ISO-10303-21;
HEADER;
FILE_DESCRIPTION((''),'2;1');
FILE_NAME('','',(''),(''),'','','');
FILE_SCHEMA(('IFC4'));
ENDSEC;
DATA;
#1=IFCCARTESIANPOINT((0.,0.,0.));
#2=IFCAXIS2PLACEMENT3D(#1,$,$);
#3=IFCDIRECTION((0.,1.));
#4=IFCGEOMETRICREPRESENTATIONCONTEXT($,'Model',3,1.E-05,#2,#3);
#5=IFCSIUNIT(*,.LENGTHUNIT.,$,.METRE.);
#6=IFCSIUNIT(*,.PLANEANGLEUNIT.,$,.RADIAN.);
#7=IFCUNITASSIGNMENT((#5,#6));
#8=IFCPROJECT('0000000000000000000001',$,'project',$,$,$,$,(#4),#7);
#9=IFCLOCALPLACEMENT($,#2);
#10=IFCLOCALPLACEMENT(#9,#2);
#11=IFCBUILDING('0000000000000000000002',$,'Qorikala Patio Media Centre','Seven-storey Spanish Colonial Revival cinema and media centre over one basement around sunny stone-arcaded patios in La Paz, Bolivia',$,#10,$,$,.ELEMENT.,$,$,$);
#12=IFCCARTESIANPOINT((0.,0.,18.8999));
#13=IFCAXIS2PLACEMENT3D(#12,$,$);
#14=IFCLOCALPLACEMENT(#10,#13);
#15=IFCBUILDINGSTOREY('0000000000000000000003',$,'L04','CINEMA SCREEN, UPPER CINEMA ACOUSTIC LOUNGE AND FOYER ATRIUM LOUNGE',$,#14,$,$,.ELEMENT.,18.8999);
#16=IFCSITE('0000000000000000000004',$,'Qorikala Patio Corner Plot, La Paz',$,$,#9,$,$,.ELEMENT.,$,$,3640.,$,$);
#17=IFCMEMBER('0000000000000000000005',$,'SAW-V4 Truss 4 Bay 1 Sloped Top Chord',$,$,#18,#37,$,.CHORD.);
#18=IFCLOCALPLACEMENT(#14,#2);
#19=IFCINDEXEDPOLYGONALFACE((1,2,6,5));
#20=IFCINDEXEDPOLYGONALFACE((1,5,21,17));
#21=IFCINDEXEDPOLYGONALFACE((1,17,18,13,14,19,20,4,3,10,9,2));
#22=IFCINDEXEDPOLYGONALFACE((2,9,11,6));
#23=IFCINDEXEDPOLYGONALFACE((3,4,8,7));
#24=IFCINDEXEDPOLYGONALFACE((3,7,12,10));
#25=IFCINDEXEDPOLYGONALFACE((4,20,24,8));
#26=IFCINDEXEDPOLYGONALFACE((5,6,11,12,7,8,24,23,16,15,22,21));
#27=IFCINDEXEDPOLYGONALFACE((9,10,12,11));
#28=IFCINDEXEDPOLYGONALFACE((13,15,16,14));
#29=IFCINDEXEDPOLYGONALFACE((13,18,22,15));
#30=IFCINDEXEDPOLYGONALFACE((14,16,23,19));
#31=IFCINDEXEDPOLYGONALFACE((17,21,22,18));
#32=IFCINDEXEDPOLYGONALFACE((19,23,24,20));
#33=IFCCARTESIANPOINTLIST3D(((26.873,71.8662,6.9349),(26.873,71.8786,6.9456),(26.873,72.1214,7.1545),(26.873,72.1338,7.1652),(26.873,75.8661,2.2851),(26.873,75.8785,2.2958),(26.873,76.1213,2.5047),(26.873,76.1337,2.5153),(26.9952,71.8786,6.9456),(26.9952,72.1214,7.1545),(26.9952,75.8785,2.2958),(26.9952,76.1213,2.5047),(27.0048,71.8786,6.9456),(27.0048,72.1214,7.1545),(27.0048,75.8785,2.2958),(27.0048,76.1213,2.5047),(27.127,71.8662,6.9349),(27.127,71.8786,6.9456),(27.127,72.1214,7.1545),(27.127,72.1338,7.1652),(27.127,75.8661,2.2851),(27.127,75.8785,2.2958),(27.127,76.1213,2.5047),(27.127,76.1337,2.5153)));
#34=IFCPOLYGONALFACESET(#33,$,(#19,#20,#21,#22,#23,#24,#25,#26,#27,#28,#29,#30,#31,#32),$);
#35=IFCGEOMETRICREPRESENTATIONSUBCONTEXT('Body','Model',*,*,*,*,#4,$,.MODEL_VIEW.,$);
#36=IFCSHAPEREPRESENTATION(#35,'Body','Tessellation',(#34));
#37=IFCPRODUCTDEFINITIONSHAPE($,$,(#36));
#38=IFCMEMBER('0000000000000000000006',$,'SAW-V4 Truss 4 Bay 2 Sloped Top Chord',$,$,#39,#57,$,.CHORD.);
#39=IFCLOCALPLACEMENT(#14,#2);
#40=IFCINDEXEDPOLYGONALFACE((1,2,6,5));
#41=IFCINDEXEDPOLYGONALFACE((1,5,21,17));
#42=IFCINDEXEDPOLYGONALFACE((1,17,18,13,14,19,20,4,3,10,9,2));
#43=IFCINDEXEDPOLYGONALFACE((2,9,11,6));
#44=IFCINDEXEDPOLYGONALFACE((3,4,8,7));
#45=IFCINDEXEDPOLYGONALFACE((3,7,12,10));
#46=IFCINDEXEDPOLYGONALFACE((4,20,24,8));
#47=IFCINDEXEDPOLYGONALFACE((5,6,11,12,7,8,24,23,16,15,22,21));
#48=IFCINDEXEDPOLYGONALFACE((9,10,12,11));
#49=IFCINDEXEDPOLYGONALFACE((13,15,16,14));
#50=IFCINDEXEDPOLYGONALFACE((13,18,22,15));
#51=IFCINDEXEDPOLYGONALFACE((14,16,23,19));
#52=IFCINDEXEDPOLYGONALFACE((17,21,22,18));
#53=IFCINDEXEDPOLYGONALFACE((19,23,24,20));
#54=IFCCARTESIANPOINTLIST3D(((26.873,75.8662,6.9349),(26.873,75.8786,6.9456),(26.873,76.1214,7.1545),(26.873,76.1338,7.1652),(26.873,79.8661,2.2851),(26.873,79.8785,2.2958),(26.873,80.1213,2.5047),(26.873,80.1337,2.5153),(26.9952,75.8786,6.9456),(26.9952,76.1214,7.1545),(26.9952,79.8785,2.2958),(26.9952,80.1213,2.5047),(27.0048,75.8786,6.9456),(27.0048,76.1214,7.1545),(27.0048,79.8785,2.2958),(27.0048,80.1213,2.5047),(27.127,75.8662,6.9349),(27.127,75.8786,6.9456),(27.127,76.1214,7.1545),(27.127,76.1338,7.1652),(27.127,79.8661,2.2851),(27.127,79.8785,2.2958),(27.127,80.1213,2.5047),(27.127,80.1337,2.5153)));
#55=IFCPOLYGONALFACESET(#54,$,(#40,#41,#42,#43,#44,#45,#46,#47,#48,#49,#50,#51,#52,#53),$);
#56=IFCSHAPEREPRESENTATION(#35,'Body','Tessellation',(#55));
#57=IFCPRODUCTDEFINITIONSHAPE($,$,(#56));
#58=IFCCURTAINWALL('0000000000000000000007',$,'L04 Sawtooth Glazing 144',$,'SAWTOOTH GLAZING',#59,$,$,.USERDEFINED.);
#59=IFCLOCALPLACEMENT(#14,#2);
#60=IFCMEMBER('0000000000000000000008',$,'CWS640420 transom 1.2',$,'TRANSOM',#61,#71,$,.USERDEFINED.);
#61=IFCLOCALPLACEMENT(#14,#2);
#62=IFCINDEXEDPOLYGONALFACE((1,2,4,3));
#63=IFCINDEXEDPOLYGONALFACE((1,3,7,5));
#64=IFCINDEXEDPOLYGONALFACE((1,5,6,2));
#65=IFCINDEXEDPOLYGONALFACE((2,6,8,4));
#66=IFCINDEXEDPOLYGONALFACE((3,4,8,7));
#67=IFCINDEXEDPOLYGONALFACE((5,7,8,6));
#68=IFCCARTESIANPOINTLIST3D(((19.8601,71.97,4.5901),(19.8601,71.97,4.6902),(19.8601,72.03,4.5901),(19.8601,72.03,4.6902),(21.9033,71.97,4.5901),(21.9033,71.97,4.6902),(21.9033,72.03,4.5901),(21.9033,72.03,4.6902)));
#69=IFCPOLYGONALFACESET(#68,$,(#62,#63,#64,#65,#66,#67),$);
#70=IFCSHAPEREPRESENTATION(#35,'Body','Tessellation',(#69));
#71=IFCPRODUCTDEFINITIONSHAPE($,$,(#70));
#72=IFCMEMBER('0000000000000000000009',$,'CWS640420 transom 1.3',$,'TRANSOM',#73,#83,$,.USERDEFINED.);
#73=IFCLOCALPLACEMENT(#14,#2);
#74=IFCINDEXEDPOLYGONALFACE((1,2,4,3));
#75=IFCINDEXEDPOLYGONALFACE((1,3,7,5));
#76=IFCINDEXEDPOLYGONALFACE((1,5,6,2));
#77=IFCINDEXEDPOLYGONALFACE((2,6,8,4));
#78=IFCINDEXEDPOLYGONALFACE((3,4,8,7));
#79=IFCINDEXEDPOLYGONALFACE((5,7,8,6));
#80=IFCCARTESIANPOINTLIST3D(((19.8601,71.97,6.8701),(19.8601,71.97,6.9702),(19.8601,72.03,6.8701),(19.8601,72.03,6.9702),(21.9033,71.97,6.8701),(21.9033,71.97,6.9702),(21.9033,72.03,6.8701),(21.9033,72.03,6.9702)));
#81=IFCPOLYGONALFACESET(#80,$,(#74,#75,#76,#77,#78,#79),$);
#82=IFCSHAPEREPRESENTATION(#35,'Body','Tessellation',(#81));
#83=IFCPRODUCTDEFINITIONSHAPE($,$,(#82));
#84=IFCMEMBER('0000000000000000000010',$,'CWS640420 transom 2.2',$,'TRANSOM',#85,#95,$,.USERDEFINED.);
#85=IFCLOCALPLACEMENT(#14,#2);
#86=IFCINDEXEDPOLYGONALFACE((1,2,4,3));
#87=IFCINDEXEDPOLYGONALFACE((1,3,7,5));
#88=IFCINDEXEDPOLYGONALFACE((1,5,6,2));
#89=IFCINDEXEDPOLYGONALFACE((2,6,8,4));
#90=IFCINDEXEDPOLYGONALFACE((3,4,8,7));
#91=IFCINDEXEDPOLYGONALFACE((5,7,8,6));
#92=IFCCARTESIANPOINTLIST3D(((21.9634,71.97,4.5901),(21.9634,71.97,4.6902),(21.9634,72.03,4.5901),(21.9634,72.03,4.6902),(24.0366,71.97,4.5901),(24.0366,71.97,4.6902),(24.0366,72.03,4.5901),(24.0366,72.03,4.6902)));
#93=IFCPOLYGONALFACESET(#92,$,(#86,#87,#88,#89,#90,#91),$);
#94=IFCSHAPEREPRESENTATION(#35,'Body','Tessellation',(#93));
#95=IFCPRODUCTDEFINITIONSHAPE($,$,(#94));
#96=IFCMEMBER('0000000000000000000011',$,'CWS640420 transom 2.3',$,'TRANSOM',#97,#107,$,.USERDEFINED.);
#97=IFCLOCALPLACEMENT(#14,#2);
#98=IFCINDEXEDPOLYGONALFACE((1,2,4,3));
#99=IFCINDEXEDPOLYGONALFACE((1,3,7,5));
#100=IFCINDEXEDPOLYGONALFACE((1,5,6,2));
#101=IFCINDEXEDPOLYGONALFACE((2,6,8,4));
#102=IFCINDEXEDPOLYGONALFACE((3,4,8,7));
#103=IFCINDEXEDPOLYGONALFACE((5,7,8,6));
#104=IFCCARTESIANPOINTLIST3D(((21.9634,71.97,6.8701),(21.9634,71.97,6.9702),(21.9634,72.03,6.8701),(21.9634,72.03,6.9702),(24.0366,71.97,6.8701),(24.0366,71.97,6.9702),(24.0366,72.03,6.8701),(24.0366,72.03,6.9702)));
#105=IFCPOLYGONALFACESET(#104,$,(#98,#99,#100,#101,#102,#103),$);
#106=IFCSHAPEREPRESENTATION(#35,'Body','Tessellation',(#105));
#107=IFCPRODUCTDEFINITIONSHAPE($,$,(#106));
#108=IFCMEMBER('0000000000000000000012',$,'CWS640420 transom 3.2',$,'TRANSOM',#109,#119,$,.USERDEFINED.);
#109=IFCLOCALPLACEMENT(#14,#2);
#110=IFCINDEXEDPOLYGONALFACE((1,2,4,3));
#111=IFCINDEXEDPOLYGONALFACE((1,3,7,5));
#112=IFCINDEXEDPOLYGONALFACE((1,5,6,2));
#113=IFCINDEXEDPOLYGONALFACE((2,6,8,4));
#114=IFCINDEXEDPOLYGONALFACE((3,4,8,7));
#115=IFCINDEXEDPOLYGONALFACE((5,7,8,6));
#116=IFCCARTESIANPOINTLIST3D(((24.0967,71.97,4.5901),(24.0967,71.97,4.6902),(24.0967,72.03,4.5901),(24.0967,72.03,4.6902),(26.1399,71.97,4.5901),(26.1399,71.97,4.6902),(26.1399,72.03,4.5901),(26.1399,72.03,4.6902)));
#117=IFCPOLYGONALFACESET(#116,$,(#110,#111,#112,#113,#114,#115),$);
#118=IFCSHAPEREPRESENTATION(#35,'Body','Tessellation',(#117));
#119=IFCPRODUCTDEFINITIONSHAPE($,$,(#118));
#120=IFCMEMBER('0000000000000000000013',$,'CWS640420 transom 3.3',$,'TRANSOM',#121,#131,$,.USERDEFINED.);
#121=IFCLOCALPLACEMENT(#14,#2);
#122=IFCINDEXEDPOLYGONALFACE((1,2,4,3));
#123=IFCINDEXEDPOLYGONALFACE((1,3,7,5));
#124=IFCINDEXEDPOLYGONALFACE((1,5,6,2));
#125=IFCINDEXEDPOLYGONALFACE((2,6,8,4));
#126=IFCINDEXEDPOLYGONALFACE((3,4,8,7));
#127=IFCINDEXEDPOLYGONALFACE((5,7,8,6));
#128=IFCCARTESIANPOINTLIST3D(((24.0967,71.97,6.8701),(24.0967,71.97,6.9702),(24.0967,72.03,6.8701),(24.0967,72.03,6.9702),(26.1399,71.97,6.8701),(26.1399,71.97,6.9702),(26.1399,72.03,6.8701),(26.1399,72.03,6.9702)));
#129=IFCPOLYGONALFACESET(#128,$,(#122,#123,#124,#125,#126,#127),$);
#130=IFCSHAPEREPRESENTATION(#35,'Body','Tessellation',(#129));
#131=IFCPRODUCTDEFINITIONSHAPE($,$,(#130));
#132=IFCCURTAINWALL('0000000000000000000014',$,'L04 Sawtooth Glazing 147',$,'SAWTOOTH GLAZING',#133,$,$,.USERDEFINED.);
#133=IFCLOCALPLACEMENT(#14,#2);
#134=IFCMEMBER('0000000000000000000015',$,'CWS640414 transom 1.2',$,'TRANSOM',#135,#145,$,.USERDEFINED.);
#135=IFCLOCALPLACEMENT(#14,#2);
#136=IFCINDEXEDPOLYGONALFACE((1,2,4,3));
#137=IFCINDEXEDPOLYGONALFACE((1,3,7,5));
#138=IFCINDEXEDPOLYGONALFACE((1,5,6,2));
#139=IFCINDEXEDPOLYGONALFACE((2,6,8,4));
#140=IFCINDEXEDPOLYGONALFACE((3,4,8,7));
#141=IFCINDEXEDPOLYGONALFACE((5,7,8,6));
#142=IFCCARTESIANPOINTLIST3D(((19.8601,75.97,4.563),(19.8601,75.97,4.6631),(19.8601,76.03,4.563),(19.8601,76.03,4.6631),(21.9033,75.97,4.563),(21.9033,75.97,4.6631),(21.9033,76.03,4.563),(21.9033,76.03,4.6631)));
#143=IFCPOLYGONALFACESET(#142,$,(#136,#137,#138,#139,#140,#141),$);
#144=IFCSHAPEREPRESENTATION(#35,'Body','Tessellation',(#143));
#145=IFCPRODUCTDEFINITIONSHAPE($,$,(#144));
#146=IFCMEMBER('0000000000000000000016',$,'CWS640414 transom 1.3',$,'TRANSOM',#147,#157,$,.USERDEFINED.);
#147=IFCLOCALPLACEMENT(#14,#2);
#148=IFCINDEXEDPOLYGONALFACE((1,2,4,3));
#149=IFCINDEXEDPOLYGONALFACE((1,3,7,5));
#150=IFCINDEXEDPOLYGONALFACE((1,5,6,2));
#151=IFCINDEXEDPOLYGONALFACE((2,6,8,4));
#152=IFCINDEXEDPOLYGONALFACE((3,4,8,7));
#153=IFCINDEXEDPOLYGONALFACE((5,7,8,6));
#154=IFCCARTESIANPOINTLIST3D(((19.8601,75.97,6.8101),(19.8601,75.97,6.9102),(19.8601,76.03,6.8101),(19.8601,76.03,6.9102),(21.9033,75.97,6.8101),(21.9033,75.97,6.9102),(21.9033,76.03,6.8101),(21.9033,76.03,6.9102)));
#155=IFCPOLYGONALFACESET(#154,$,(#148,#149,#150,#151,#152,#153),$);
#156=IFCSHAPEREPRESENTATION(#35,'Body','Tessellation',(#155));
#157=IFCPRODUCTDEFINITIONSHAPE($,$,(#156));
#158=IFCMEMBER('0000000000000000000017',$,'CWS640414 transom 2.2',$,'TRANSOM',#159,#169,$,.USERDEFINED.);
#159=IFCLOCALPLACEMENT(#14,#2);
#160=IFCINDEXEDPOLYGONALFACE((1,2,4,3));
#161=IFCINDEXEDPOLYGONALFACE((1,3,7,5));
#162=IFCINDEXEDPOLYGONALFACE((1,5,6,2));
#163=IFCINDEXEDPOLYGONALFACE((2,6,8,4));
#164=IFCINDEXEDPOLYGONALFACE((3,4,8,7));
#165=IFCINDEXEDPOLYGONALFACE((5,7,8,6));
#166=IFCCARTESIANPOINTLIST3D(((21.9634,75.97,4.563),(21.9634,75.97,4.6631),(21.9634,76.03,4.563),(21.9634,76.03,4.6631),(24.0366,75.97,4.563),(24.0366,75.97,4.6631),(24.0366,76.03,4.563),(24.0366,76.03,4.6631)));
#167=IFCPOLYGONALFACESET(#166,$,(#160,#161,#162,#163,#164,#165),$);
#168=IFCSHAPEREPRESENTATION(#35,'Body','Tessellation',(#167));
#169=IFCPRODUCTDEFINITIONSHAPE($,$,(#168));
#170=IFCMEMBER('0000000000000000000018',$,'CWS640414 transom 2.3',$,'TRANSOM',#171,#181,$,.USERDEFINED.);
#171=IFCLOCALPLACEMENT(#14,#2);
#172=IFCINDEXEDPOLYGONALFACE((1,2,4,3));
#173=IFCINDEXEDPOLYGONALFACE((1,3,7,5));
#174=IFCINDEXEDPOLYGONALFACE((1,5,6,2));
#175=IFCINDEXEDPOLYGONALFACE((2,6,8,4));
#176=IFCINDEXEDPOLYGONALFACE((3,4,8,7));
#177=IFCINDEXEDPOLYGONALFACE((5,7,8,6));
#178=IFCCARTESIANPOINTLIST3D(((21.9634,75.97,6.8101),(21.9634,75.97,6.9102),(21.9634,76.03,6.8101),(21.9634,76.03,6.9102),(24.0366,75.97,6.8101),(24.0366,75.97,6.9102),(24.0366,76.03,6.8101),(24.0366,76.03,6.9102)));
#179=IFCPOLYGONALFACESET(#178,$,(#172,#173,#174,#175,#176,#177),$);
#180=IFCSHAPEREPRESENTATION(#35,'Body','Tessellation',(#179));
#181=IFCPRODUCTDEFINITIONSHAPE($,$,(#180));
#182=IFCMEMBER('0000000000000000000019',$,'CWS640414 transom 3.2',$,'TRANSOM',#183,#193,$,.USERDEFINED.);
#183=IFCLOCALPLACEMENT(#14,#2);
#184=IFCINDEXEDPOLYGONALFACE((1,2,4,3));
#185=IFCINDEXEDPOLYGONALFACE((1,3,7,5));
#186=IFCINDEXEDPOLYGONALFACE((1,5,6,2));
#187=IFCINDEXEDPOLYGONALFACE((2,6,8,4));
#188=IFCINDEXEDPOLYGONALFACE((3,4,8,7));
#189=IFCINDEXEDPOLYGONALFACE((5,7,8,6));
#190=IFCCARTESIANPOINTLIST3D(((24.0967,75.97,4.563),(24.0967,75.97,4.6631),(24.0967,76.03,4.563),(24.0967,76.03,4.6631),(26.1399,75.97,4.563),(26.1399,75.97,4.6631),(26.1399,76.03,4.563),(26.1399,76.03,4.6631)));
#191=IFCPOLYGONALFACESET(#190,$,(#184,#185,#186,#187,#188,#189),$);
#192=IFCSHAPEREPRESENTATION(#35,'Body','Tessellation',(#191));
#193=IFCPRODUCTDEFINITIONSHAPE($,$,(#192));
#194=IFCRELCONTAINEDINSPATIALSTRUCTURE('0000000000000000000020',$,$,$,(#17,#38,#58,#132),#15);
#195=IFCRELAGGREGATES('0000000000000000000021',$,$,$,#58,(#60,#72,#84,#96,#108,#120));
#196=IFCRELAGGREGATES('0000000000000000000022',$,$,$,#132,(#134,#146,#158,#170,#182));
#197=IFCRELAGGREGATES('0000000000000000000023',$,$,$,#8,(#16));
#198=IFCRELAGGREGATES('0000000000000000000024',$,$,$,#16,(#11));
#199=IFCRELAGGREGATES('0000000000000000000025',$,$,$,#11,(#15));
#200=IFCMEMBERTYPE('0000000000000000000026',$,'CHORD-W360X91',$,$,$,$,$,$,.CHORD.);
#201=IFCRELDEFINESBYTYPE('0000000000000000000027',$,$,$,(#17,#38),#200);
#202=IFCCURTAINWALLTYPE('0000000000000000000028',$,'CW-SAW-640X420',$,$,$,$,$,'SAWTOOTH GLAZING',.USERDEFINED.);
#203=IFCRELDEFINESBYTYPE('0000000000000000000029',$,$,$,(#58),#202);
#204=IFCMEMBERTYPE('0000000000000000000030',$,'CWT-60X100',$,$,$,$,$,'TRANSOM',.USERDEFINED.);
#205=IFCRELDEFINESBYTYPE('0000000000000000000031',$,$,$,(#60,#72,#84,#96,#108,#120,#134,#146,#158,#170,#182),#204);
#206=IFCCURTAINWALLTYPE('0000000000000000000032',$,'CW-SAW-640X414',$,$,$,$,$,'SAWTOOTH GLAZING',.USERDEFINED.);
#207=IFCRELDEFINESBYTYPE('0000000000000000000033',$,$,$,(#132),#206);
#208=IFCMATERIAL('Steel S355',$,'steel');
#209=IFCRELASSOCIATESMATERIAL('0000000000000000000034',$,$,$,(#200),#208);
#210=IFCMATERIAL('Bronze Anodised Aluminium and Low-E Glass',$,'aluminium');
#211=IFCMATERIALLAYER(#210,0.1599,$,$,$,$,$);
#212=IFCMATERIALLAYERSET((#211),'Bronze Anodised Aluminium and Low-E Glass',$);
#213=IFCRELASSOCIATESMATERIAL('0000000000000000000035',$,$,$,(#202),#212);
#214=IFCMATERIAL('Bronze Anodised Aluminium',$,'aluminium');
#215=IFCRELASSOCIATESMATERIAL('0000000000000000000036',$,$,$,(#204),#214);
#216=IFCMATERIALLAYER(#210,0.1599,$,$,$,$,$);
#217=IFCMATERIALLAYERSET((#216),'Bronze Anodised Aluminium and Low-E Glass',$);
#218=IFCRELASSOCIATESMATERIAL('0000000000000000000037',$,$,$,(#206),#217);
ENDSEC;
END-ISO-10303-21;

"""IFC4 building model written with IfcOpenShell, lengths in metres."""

from ifc_helpers import new_model, si_unit, direction, frame, origin, origin_2d, place, context, subcontext, project, spatial, rectangle, i_section, extrude, material, layer, layer_set, material_profile, profile_set, type_object, element, aggregate, save


model = new_model("IFC4")

# Units and contexts
model_context = context("Model", 3, precision=1e-05, world=origin(), true_north=direction((0.0, 1.0)))
body_context = subcontext(model_context, "Body", "Model", "MODEL_VIEW")
ifc_project = project(units=[si_unit("LENGTHUNIT", "METRE"), si_unit("PLANEANGLEUNIT", "RADIAN")], contexts=[model_context])

# Site, building, storey
site_placement = place(None, origin())
site = spatial("IfcSite", under=ifc_project, at=site_placement, Name="Qorikala Patio Corner Plot, La Paz", CompositionType="ELEMENT", RefElevation=3640.0)
building_placement = place(site_placement, origin())
building = spatial("IfcBuilding", under=site, at=building_placement, Name="Qorikala Patio Media Centre", Description="Seven-storey Spanish Colonial Revival cinema and media centre over one basement around sunny stone-arcaded patios in La Paz, Bolivia", CompositionType="ELEMENT")
storey_placement = place(building_placement, frame((0.0, 0.0, 18.8999)))
storey = spatial("IfcBuildingStorey", under=building, at=storey_placement, Name="L04", Description="CINEMA SCREEN, UPPER CINEMA ACOUSTIC LOUNGE AND FOYER ATRIUM LOUNGE", CompositionType="ELEMENT", Elevation=18.8999)

# Members
ifc_material_1 = material(Name="Steel S355", Category="steel")
ifc_material_profile_1 = material_profile(ifc_material_1, i_section(OverallWidth=0.2539, OverallDepth=0.353, WebThickness=0.0095, FlangeThickness=0.0164, at=origin_2d()), Name="W360X91")
ifc_profile_set_1 = profile_set([ifc_material_profile_1], Name="Steel S355")
member_type_1 = type_object("IfcMemberType", Name="CHORD-W360X91", PredefinedType="CHORD", material=ifc_profile_set_1)
for number, where, z_axis, x_axis, name in (
    (1, (27.0, 72.0, 7.05), (0.0, 0.652141, -0.758098), (-1.0, 0.0, 0.0), "SAW-V4 Truss 4 Bay 1 Sloped Top Chord"),
    (2, (27.0, 76.0, 7.05), (0.0, 0.652141, -0.758098), (-1.0, 0.0, 0.0), "SAW-V4 Truss 4 Bay 2 Sloped Top Chord"),
):
    element("IfcMember", number, at=place(storey_placement, frame(where, z_axis=z_axis, x_axis=x_axis)), inside=storey, type_object=member_type_1, Name=name, PredefinedType="CHORD", context=body_context, shape_type="SweptSolid", body=[
        extrude(i_section(OverallWidth=0.2539, OverallDepth=0.353, WebThickness=0.0095, FlangeThickness=0.0164, at=origin_2d()), origin(), (0.0, 0.0, 1.0), 6.1335),
    ])

# Curtain walls, members
ifc_material_2 = material(Name="Bronze Anodised Aluminium and Low-E Glass", Category="aluminium")
ifc_layer_1 = layer(ifc_material_2, 0.1599)
ifc_layer_set_1 = layer_set([ifc_layer_1], Name="Bronze Anodised Aluminium and Low-E Glass")
curtain_wall_type_1 = type_object("IfcCurtainWallType", Name="CW-SAW-640X420", ElementType="SAWTOOTH GLAZING", PredefinedType="USERDEFINED", material=ifc_layer_set_1)
curtain_wall_1_placement = place(storey_placement, origin())
curtain_wall_1 = element("IfcCurtainWall", 3, at=curtain_wall_1_placement, inside=storey, type_object=curtain_wall_type_1, Name="L04 Sawtooth Glazing 144", ObjectType="SAWTOOTH GLAZING", PredefinedType="USERDEFINED")
ifc_material_3 = material(Name="Bronze Anodised Aluminium", Category="aluminium")
ifc_material_profile_2 = material_profile(ifc_material_3, rectangle(XDim=0.0601, YDim=0.1001, at=origin_2d()), Name="ALU TRANSOM 60x100")
ifc_profile_set_2 = profile_set([ifc_material_profile_2], Name="Bronze Anodised Aluminium")
member_type_2 = type_object("IfcMemberType", Name="CWT-60X100", ElementType="TRANSOM", PredefinedType="USERDEFINED", material=ifc_profile_set_2)
member_1_placement = place(storey_placement, frame((19.8601, 72.0, 4.6401), z_axis=(1.0, 0.0, 0.0), x_axis=(0.0, 1.0, 0.0)))
member_1 = element("IfcMember", 4, at=member_1_placement, type_object=member_type_2, Name="CWS640420 transom 1.2", ObjectType="TRANSOM", PredefinedType="USERDEFINED", context=body_context, shape_type="SweptSolid", body=[
    extrude(rectangle(XDim=0.0601, YDim=0.1001, at=origin_2d()), origin(), (0.0, 0.0, 1.0), 2.0432),
])
member_2_placement = place(storey_placement, frame((19.8601, 72.0, 6.9202), z_axis=(1.0, 0.0, 0.0), x_axis=(0.0, 1.0, 0.0)))
member_2 = element("IfcMember", 5, at=member_2_placement, type_object=member_type_2, Name="CWS640420 transom 1.3", ObjectType="TRANSOM", PredefinedType="USERDEFINED", context=body_context, shape_type="SweptSolid", body=[
    extrude(rectangle(XDim=0.0601, YDim=0.1001, at=origin_2d()), origin(), (0.0, 0.0, 1.0), 2.0432),
])
member_3_placement = place(storey_placement, frame((21.9634, 72.0, 4.6401), z_axis=(1.0, 0.0, 0.0), x_axis=(0.0, 1.0, 0.0)))
member_3 = element("IfcMember", 6, at=member_3_placement, type_object=member_type_2, Name="CWS640420 transom 2.2", ObjectType="TRANSOM", PredefinedType="USERDEFINED", context=body_context, shape_type="SweptSolid", body=[
    extrude(rectangle(XDim=0.0601, YDim=0.1001, at=origin_2d()), origin(), (0.0, 0.0, 1.0), 2.0732),
])
member_4_placement = place(storey_placement, frame((21.9634, 72.0, 6.9202), z_axis=(1.0, 0.0, 0.0), x_axis=(0.0, 1.0, 0.0)))
member_4 = element("IfcMember", 7, at=member_4_placement, type_object=member_type_2, Name="CWS640420 transom 2.3", ObjectType="TRANSOM", PredefinedType="USERDEFINED", context=body_context, shape_type="SweptSolid", body=[
    extrude(rectangle(XDim=0.0601, YDim=0.1001, at=origin_2d()), origin(), (0.0, 0.0, 1.0), 2.0732),
])
member_5_placement = place(storey_placement, frame((24.0967, 72.0, 4.6401), z_axis=(1.0, 0.0, 0.0), x_axis=(0.0, 1.0, 0.0)))
member_5 = element("IfcMember", 8, at=member_5_placement, type_object=member_type_2, Name="CWS640420 transom 3.2", ObjectType="TRANSOM", PredefinedType="USERDEFINED", context=body_context, shape_type="SweptSolid", body=[
    extrude(rectangle(XDim=0.0601, YDim=0.1001, at=origin_2d()), origin(), (0.0, 0.0, 1.0), 2.0432),
])
member_6_placement = place(storey_placement, frame((24.0967, 72.0, 6.9202), z_axis=(1.0, 0.0, 0.0), x_axis=(0.0, 1.0, 0.0)))
member_6 = element("IfcMember", 9, at=member_6_placement, type_object=member_type_2, Name="CWS640420 transom 3.3", ObjectType="TRANSOM", PredefinedType="USERDEFINED", context=body_context, shape_type="SweptSolid", body=[
    extrude(rectangle(XDim=0.0601, YDim=0.1001, at=origin_2d()), origin(), (0.0, 0.0, 1.0), 2.0432),
])
ifc_layer_2 = layer(ifc_material_2, 0.1599)
ifc_layer_set_2 = layer_set([ifc_layer_2], Name="Bronze Anodised Aluminium and Low-E Glass")
curtain_wall_type_2 = type_object("IfcCurtainWallType", Name="CW-SAW-640X414", ElementType="SAWTOOTH GLAZING", PredefinedType="USERDEFINED", material=ifc_layer_set_2)
curtain_wall_2_placement = place(storey_placement, origin())
curtain_wall_2 = element("IfcCurtainWall", 10, at=curtain_wall_2_placement, inside=storey, type_object=curtain_wall_type_2, Name="L04 Sawtooth Glazing 147", ObjectType="SAWTOOTH GLAZING", PredefinedType="USERDEFINED")
member_7_placement = place(storey_placement, frame((19.8601, 76.0, 4.613), z_axis=(1.0, 0.0, 0.0), x_axis=(0.0, 1.0, 0.0)))
member_7 = element("IfcMember", 11, at=member_7_placement, type_object=member_type_2, Name="CWS640414 transom 1.2", ObjectType="TRANSOM", PredefinedType="USERDEFINED", context=body_context, shape_type="SweptSolid", body=[
    extrude(rectangle(XDim=0.0601, YDim=0.1001, at=origin_2d()), origin(), (0.0, 0.0, 1.0), 2.0432),
])
member_8_placement = place(storey_placement, frame((19.8601, 76.0, 6.8601), z_axis=(1.0, 0.0, 0.0), x_axis=(0.0, 1.0, 0.0)))
member_8 = element("IfcMember", 12, at=member_8_placement, type_object=member_type_2, Name="CWS640414 transom 1.3", ObjectType="TRANSOM", PredefinedType="USERDEFINED", context=body_context, shape_type="SweptSolid", body=[
    extrude(rectangle(XDim=0.0601, YDim=0.1001, at=origin_2d()), origin(), (0.0, 0.0, 1.0), 2.0432),
])
member_9_placement = place(storey_placement, frame((21.9634, 76.0, 4.613), z_axis=(1.0, 0.0, 0.0), x_axis=(0.0, 1.0, 0.0)))
member_9 = element("IfcMember", 13, at=member_9_placement, type_object=member_type_2, Name="CWS640414 transom 2.2", ObjectType="TRANSOM", PredefinedType="USERDEFINED", context=body_context, shape_type="SweptSolid", body=[
    extrude(rectangle(XDim=0.0601, YDim=0.1001, at=origin_2d()), origin(), (0.0, 0.0, 1.0), 2.0732),
])
member_10_placement = place(storey_placement, frame((21.9634, 76.0, 6.8601), z_axis=(1.0, 0.0, 0.0), x_axis=(0.0, 1.0, 0.0)))
member_10 = element("IfcMember", 14, at=member_10_placement, type_object=member_type_2, Name="CWS640414 transom 2.3", ObjectType="TRANSOM", PredefinedType="USERDEFINED", context=body_context, shape_type="SweptSolid", body=[
    extrude(rectangle(XDim=0.0601, YDim=0.1001, at=origin_2d()), origin(), (0.0, 0.0, 1.0), 2.0732),
])
member_11_placement = place(storey_placement, frame((24.0967, 76.0, 4.613), z_axis=(1.0, 0.0, 0.0), x_axis=(0.0, 1.0, 0.0)))
member_11 = element("IfcMember", 15, at=member_11_placement, type_object=member_type_2, Name="CWS640414 transom 3.2", ObjectType="TRANSOM", PredefinedType="USERDEFINED", context=body_context, shape_type="SweptSolid", body=[
    extrude(rectangle(XDim=0.0601, YDim=0.1001, at=origin_2d()), origin(), (0.0, 0.0, 1.0), 2.0432),
])

aggregate(curtain_wall_1, [member_1, member_2, member_3, member_4, member_5, member_6])
aggregate(curtain_wall_2, [member_7, member_8, member_9, member_10, member_11])

save(model, "model.ifc")
